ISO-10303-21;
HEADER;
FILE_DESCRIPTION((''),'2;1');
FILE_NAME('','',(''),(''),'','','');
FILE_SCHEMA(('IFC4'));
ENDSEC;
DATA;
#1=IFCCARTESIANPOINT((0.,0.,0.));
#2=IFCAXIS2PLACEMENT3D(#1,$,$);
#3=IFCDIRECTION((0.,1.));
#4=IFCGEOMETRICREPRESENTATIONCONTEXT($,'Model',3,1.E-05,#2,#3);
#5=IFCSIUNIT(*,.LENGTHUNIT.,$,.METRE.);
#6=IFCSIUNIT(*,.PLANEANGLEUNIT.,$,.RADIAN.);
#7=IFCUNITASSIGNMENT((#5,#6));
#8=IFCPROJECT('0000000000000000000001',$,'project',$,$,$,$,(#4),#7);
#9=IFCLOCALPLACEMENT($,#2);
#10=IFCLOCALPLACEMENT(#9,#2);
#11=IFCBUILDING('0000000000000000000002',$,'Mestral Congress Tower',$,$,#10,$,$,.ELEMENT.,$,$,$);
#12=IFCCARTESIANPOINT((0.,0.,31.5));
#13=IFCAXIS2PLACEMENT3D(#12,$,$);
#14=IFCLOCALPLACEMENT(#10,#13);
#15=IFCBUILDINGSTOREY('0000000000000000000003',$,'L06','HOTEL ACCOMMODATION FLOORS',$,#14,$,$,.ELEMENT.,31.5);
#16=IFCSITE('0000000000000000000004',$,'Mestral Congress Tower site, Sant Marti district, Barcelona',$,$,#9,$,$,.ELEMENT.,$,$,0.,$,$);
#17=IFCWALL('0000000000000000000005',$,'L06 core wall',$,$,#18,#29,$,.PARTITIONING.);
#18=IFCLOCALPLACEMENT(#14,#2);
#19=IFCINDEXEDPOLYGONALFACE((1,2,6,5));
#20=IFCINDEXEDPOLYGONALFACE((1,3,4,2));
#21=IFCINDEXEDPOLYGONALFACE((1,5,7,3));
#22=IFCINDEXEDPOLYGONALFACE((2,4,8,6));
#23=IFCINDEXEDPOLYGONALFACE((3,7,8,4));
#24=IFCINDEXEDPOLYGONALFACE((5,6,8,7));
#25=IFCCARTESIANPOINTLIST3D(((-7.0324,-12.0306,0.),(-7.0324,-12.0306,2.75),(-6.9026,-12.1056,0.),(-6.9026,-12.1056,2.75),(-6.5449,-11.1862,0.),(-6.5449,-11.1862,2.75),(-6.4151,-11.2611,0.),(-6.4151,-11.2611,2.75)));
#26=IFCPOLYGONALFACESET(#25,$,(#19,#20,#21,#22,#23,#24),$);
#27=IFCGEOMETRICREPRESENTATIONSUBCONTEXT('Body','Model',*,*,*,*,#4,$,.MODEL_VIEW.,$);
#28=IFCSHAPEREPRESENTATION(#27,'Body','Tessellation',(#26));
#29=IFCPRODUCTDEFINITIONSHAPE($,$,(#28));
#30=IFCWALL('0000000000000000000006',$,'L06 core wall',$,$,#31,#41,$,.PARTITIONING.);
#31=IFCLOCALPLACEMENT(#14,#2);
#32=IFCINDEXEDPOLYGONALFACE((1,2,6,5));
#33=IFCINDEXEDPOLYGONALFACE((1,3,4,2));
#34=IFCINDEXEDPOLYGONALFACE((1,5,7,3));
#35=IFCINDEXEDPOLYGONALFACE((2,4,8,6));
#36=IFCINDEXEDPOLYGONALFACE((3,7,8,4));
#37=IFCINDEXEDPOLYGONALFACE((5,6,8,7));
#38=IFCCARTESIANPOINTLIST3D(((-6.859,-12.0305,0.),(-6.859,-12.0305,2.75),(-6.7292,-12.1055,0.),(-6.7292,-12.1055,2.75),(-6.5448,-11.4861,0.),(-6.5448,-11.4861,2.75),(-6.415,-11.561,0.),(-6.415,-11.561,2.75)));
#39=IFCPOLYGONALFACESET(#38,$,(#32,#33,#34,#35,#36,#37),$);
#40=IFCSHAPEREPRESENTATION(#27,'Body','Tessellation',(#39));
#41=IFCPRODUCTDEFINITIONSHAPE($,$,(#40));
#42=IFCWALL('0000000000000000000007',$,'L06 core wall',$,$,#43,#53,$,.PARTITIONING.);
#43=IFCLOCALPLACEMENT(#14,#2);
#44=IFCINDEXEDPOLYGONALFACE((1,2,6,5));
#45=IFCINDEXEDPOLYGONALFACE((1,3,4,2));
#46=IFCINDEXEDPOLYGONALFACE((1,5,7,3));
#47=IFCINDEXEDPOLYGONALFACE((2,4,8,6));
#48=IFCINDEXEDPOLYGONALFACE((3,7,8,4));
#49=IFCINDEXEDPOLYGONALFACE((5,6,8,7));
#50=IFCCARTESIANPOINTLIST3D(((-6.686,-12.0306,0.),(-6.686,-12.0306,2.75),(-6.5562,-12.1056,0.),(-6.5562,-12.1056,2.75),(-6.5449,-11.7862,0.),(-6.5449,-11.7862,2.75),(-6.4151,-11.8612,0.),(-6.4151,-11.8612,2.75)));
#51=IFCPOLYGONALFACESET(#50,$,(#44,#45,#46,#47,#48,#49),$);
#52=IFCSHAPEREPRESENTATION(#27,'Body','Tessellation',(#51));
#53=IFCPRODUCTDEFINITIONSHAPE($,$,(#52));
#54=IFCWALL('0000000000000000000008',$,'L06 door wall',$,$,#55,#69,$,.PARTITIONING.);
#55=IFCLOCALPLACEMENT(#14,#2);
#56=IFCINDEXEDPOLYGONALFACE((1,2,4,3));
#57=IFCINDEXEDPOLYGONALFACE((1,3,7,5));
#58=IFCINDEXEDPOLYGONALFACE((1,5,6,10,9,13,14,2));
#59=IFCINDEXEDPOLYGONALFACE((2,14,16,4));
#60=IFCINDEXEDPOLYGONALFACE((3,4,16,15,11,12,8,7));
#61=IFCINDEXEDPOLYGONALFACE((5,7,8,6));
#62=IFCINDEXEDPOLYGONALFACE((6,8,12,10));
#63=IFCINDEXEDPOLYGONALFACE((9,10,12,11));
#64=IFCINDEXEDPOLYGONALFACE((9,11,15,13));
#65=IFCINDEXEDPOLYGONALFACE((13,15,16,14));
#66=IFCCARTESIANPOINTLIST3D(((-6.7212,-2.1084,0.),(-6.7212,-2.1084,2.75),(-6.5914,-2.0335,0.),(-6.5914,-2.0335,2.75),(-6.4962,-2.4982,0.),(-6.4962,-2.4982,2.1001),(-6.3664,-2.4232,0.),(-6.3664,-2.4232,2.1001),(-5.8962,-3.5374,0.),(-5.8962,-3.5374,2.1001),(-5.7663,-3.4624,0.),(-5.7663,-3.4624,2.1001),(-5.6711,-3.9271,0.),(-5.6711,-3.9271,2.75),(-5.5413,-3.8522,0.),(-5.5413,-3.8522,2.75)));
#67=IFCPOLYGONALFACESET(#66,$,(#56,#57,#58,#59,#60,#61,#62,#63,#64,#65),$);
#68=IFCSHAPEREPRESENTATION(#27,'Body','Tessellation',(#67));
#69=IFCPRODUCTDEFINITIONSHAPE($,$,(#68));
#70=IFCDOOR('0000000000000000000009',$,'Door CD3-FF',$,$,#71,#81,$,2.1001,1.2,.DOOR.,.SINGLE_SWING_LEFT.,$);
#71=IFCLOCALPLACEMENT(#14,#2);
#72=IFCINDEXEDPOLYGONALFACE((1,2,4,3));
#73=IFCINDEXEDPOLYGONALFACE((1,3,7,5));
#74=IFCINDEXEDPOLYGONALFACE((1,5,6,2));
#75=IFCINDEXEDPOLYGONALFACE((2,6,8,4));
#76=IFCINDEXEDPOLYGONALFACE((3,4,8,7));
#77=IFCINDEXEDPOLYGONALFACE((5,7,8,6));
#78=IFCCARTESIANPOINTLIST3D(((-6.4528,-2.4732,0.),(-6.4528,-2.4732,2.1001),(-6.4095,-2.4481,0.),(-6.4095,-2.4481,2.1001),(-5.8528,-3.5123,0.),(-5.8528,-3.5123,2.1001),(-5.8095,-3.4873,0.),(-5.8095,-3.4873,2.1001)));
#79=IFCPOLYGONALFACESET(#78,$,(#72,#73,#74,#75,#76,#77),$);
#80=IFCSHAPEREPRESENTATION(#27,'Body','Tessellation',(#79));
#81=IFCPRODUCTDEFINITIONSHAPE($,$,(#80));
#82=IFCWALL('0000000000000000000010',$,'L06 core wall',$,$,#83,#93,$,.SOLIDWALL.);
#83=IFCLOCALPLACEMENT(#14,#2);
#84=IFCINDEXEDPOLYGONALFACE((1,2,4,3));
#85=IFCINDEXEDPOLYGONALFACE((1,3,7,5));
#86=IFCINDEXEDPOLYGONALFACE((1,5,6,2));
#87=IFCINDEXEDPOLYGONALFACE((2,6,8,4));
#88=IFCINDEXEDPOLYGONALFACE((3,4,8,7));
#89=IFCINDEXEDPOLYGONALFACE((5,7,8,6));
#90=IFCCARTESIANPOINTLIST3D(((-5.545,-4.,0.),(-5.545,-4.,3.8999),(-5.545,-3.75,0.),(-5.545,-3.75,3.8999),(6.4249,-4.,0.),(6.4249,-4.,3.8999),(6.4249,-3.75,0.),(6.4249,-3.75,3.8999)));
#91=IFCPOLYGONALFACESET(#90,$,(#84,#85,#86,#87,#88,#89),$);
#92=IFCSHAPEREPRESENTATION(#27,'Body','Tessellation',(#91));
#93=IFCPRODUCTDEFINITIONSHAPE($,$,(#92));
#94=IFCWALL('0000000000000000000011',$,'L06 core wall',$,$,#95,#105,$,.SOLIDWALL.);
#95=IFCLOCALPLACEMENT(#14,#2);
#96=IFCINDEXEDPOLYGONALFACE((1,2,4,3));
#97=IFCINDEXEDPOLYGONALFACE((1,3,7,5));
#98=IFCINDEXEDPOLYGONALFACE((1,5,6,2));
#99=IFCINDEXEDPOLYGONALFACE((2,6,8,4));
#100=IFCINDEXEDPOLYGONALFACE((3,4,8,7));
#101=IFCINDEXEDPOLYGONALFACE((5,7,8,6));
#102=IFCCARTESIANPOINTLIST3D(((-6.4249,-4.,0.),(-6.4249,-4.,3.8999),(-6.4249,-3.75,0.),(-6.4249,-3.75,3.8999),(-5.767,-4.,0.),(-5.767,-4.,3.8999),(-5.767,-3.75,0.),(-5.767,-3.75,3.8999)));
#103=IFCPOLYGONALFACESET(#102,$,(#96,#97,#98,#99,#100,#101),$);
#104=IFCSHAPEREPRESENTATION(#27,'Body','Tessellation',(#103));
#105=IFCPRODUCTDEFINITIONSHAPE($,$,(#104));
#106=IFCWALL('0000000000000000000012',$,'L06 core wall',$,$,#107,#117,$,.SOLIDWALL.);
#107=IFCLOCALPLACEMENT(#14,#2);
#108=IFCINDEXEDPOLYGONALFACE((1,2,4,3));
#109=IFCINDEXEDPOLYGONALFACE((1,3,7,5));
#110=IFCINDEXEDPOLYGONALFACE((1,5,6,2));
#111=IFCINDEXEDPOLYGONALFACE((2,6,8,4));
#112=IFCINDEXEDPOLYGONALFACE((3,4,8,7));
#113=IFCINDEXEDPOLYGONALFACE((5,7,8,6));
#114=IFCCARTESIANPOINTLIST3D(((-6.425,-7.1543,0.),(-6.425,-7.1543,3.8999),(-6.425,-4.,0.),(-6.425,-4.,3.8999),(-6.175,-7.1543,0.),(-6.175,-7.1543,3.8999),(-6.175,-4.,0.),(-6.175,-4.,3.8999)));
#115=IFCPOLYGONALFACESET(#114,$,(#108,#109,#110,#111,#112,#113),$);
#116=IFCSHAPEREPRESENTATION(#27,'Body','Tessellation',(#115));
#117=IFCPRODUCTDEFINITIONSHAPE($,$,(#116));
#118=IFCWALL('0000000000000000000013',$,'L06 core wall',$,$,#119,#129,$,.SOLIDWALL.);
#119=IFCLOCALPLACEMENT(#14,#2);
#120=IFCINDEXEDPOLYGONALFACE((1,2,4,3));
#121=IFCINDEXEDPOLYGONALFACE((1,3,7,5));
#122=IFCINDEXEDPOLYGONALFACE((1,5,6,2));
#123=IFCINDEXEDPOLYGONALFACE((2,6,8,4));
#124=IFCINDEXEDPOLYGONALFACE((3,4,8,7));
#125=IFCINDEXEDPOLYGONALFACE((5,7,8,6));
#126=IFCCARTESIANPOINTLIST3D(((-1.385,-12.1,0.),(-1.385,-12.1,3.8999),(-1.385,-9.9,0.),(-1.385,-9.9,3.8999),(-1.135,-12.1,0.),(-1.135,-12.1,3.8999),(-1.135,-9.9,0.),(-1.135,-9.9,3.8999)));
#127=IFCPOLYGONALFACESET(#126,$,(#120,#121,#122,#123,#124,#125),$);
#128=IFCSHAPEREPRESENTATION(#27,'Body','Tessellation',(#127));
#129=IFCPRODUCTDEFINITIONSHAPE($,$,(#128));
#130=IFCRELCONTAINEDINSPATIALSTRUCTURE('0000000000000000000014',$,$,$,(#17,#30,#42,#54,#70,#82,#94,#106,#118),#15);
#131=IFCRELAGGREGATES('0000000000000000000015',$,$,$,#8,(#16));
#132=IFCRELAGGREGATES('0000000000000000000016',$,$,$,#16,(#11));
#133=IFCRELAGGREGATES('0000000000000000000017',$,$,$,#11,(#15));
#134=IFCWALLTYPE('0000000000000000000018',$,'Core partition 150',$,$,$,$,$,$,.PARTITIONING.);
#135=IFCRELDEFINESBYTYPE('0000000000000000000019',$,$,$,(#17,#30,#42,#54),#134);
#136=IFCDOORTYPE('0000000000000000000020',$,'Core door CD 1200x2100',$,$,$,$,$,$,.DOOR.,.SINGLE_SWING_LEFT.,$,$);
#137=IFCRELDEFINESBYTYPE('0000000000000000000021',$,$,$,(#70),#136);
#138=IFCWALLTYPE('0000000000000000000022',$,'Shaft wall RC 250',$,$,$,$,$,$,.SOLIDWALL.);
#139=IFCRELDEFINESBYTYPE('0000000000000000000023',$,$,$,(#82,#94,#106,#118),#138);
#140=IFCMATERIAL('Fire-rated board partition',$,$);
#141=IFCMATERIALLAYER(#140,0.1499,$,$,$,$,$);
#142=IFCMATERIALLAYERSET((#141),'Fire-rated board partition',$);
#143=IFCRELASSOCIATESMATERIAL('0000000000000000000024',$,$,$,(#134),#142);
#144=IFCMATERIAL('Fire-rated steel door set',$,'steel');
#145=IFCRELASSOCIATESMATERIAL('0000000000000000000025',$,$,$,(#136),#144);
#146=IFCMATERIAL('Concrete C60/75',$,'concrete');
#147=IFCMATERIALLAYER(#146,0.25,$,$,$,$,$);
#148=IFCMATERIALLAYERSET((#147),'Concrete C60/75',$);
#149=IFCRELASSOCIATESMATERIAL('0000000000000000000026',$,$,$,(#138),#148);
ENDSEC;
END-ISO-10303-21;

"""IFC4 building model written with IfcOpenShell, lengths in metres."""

from ifc_helpers import new_model, si_unit, direction, frame, frame_2d, origin, place, context, subcontext, project, spatial, rectangle, extrude, material, layer, layer_set, type_object, element, fill, save


model = new_model("IFC4")

# Units and contexts
model_context = context("Model", 3, precision=1e-05, world=origin(), true_north=direction((0.0, 1.0)))
body_context = subcontext(model_context, "Body", "Model", "MODEL_VIEW")
ifc_project = project(units=[si_unit("LENGTHUNIT", "METRE"), si_unit("PLANEANGLEUNIT", "RADIAN")], contexts=[model_context])

# Site, building, storey
site_placement = place(None, origin())
site = spatial("IfcSite", under=ifc_project, at=site_placement, Name="Mestral Congress Tower site, Sant Marti district, Barcelona", CompositionType="ELEMENT", RefElevation=0.0)
building_placement = place(site_placement, origin())
building = spatial("IfcBuilding", under=site, at=building_placement, Name="Mestral Congress Tower", CompositionType="ELEMENT")
storey_placement = place(building_placement, frame((0.0, 0.0, 31.5)))
storey = spatial("IfcBuildingStorey", under=building, at=storey_placement, Name="L06", Description="HOTEL ACCOMMODATION FLOORS", CompositionType="ELEMENT", Elevation=31.5)

# Walls
ifc_material_1 = material(Name="Fire-rated board partition")
ifc_layer_1 = layer(ifc_material_1, 0.1499)
ifc_layer_set_1 = layer_set([ifc_layer_1], Name="Fire-rated board partition")
wall_type_1 = type_object("IfcWallType", Name="Core partition 150", PredefinedType="PARTITIONING", material=ifc_layer_set_1)
wall_1_placement = place(storey_placement, frame((-6.9675, -12.0681, 0.0), z_axis=(0.0, 0.0, 1.0), x_axis=(0.49999, 0.866031, 0.0)))
element("IfcWall", 1, at=wall_1_placement, inside=storey, type_object=wall_type_1, Name="L06 core wall", PredefinedType="PARTITIONING", context=body_context, shape_type="SweptSolid", body=[
    extrude(rectangle(XDim=0.9751, YDim=0.1499, at=frame_2d((0.4875, 0.0))), origin(), (0.0, 0.0, 1.0), 2.75),
])
wall_2_placement = place(storey_placement, frame((-6.7942, -12.0681, 0.0), z_axis=(0.0, 0.0, 1.0), x_axis=(0.499857, 0.866108, 0.0)))
element("IfcWall", 2, at=wall_2_placement, inside=storey, type_object=wall_type_1, Name="L06 core wall", PredefinedType="PARTITIONING", context=body_context, shape_type="SweptSolid", body=[
    extrude(rectangle(XDim=0.6287, YDim=0.1499, at=frame_2d((0.3145, 0.0))), origin(), (0.0, 0.0, 1.0), 2.75),
])
wall_3_placement = place(storey_placement, frame((-6.6211, -12.0681, 0.0), z_axis=(0.0, 0.0, 1.0), x_axis=(0.500047, 0.865998, 0.0)))
element("IfcWall", 3, at=wall_3_placement, inside=storey, type_object=wall_type_1, Name="L06 core wall", PredefinedType="PARTITIONING", context=body_context, shape_type="SweptSolid", body=[
    extrude(rectangle(XDim=0.2822, YDim=0.1499, at=frame_2d((0.1411, 0.0))), origin(), (0.0, 0.0, 1.0), 2.75),
])

# Wall, opening, door
wall_4_placement = place(storey_placement, frame((-5.6062, -3.8896, 0.0), z_axis=(0.0, 0.0, 1.0), x_axis=(-0.500028, 0.866009, 0.0)))
wall_4 = element("IfcWall", 4, at=wall_4_placement, inside=storey, type_object=wall_type_1, Name="L06 door wall", PredefinedType="PARTITIONING", context=body_context, shape_type="SweptSolid", body=[
    extrude(rectangle(XDim=2.1001, YDim=0.1499, at=frame_2d((1.05, 0.0))), origin(), (0.0, 0.0, 1.0), 2.75),
])
opening_1_placement = place(wall_4_placement, frame((0.45, 0.0, 0.0)))
opening_1 = element("IfcOpeningElement", 5, at=opening_1_placement, cuts=wall_4, PredefinedType="OPENING", context=body_context, shape_type="SweptSolid", body=[
    extrude(rectangle(XDim=1.2, YDim=2.1001, at=frame_2d((0.6001, 1.05))), frame((0.0, 0.085, 0.0), z_axis=(0.0, -1.0, 0.0), x_axis=(1.0, 0.0, 0.0)), (0.0, 0.0, 1.0), 0.1699),
])
ifc_material_2 = material(Name="Fire-rated steel door set", Category="steel")
door_type_1 = type_object("IfcDoorType", Name="Core door CD 1200x2100", OperationType="SINGLE_SWING_LEFT", PredefinedType="DOOR", material=ifc_material_2)
door_1_placement = place(opening_1_placement, origin())
door_1 = element("IfcDoor", 6, at=door_1_placement, inside=storey, type_object=door_type_1, Name="Door CD3-FF", OperationType="SINGLE_SWING_LEFT", OverallHeight=2.1001, OverallWidth=1.2, PredefinedType="DOOR", context=body_context, shape_type="SweptSolid", body=[
    extrude(rectangle(XDim=1.2, YDim=2.1001, at=frame_2d((0.6001, 1.05))), frame((0.0, 0.0249, 0.0), z_axis=(0.0, -1.0, 0.0), x_axis=(1.0, 0.0, 0.0)), (0.0, 0.0, 1.0), 0.05),
])
fill(opening_1, door_1)

# Walls
ifc_material_3 = material(Name="Concrete C60/75", Category="concrete")
ifc_layer_2 = layer(ifc_material_3, 0.25)
ifc_layer_set_2 = layer_set([ifc_layer_2], Name="Concrete C60/75")
wall_type_2 = type_object("IfcWallType", Name="Shaft wall RC 250", PredefinedType="SOLIDWALL", material=ifc_layer_set_2)
wall_5_placement = place(storey_placement, frame((-5.5449, -3.875, 0.0), z_axis=(0.0, 0.0, 1.0), x_axis=(1.0, 0.0, 0.0)))
element("IfcWall", 7, at=wall_5_placement, inside=storey, type_object=wall_type_2, Name="L06 core wall", PredefinedType="SOLIDWALL", context=body_context, shape_type="SweptSolid", body=[
    extrude(rectangle(XDim=11.97, YDim=0.25, at=frame_2d((5.9849, 0.0))), origin(), (0.0, 0.0, 1.0), 3.8999),
])
wall_6_placement = place(storey_placement, frame((-6.425, -3.875, 0.0), z_axis=(0.0, 0.0, 1.0), x_axis=(1.0, 0.0, 0.0)))
element("IfcWall", 8, at=wall_6_placement, inside=storey, type_object=wall_type_2, Name="L06 core wall", PredefinedType="SOLIDWALL", context=body_context, shape_type="SweptSolid", body=[
    extrude(rectangle(XDim=0.658, YDim=0.25, at=frame_2d((0.3291, 0.0))), origin(), (0.0, 0.0, 1.0), 3.8999),
])
wall_7_placement = place(storey_placement, frame((-6.3, -4.0, 0.0), z_axis=(0.0, 0.0, 1.0), x_axis=(0.0, -1.0, 0.0)))
element("IfcWall", 9, at=wall_7_placement, inside=storey, type_object=wall_type_2, Name="L06 core wall", PredefinedType="SOLIDWALL", context=body_context, shape_type="SweptSolid", body=[
    extrude(rectangle(XDim=3.1543, YDim=0.25, at=frame_2d((1.5771, 0.0))), origin(), (0.0, 0.0, 1.0), 3.8999),
])
wall_8_placement = place(storey_placement, frame((-1.26, -12.1001, 0.0), z_axis=(0.0, 0.0, 1.0), x_axis=(0.0, 1.0, 0.0)))
element("IfcWall", 10, at=wall_8_placement, inside=storey, type_object=wall_type_2, Name="L06 core wall", PredefinedType="SOLIDWALL", context=body_context, shape_type="SweptSolid", body=[
    extrude(rectangle(XDim=2.2, YDim=0.25, at=frame_2d((1.1001, 0.0))), origin(), (0.0, 0.0, 1.0), 3.8999),
])

save(model, "model.ifc")
